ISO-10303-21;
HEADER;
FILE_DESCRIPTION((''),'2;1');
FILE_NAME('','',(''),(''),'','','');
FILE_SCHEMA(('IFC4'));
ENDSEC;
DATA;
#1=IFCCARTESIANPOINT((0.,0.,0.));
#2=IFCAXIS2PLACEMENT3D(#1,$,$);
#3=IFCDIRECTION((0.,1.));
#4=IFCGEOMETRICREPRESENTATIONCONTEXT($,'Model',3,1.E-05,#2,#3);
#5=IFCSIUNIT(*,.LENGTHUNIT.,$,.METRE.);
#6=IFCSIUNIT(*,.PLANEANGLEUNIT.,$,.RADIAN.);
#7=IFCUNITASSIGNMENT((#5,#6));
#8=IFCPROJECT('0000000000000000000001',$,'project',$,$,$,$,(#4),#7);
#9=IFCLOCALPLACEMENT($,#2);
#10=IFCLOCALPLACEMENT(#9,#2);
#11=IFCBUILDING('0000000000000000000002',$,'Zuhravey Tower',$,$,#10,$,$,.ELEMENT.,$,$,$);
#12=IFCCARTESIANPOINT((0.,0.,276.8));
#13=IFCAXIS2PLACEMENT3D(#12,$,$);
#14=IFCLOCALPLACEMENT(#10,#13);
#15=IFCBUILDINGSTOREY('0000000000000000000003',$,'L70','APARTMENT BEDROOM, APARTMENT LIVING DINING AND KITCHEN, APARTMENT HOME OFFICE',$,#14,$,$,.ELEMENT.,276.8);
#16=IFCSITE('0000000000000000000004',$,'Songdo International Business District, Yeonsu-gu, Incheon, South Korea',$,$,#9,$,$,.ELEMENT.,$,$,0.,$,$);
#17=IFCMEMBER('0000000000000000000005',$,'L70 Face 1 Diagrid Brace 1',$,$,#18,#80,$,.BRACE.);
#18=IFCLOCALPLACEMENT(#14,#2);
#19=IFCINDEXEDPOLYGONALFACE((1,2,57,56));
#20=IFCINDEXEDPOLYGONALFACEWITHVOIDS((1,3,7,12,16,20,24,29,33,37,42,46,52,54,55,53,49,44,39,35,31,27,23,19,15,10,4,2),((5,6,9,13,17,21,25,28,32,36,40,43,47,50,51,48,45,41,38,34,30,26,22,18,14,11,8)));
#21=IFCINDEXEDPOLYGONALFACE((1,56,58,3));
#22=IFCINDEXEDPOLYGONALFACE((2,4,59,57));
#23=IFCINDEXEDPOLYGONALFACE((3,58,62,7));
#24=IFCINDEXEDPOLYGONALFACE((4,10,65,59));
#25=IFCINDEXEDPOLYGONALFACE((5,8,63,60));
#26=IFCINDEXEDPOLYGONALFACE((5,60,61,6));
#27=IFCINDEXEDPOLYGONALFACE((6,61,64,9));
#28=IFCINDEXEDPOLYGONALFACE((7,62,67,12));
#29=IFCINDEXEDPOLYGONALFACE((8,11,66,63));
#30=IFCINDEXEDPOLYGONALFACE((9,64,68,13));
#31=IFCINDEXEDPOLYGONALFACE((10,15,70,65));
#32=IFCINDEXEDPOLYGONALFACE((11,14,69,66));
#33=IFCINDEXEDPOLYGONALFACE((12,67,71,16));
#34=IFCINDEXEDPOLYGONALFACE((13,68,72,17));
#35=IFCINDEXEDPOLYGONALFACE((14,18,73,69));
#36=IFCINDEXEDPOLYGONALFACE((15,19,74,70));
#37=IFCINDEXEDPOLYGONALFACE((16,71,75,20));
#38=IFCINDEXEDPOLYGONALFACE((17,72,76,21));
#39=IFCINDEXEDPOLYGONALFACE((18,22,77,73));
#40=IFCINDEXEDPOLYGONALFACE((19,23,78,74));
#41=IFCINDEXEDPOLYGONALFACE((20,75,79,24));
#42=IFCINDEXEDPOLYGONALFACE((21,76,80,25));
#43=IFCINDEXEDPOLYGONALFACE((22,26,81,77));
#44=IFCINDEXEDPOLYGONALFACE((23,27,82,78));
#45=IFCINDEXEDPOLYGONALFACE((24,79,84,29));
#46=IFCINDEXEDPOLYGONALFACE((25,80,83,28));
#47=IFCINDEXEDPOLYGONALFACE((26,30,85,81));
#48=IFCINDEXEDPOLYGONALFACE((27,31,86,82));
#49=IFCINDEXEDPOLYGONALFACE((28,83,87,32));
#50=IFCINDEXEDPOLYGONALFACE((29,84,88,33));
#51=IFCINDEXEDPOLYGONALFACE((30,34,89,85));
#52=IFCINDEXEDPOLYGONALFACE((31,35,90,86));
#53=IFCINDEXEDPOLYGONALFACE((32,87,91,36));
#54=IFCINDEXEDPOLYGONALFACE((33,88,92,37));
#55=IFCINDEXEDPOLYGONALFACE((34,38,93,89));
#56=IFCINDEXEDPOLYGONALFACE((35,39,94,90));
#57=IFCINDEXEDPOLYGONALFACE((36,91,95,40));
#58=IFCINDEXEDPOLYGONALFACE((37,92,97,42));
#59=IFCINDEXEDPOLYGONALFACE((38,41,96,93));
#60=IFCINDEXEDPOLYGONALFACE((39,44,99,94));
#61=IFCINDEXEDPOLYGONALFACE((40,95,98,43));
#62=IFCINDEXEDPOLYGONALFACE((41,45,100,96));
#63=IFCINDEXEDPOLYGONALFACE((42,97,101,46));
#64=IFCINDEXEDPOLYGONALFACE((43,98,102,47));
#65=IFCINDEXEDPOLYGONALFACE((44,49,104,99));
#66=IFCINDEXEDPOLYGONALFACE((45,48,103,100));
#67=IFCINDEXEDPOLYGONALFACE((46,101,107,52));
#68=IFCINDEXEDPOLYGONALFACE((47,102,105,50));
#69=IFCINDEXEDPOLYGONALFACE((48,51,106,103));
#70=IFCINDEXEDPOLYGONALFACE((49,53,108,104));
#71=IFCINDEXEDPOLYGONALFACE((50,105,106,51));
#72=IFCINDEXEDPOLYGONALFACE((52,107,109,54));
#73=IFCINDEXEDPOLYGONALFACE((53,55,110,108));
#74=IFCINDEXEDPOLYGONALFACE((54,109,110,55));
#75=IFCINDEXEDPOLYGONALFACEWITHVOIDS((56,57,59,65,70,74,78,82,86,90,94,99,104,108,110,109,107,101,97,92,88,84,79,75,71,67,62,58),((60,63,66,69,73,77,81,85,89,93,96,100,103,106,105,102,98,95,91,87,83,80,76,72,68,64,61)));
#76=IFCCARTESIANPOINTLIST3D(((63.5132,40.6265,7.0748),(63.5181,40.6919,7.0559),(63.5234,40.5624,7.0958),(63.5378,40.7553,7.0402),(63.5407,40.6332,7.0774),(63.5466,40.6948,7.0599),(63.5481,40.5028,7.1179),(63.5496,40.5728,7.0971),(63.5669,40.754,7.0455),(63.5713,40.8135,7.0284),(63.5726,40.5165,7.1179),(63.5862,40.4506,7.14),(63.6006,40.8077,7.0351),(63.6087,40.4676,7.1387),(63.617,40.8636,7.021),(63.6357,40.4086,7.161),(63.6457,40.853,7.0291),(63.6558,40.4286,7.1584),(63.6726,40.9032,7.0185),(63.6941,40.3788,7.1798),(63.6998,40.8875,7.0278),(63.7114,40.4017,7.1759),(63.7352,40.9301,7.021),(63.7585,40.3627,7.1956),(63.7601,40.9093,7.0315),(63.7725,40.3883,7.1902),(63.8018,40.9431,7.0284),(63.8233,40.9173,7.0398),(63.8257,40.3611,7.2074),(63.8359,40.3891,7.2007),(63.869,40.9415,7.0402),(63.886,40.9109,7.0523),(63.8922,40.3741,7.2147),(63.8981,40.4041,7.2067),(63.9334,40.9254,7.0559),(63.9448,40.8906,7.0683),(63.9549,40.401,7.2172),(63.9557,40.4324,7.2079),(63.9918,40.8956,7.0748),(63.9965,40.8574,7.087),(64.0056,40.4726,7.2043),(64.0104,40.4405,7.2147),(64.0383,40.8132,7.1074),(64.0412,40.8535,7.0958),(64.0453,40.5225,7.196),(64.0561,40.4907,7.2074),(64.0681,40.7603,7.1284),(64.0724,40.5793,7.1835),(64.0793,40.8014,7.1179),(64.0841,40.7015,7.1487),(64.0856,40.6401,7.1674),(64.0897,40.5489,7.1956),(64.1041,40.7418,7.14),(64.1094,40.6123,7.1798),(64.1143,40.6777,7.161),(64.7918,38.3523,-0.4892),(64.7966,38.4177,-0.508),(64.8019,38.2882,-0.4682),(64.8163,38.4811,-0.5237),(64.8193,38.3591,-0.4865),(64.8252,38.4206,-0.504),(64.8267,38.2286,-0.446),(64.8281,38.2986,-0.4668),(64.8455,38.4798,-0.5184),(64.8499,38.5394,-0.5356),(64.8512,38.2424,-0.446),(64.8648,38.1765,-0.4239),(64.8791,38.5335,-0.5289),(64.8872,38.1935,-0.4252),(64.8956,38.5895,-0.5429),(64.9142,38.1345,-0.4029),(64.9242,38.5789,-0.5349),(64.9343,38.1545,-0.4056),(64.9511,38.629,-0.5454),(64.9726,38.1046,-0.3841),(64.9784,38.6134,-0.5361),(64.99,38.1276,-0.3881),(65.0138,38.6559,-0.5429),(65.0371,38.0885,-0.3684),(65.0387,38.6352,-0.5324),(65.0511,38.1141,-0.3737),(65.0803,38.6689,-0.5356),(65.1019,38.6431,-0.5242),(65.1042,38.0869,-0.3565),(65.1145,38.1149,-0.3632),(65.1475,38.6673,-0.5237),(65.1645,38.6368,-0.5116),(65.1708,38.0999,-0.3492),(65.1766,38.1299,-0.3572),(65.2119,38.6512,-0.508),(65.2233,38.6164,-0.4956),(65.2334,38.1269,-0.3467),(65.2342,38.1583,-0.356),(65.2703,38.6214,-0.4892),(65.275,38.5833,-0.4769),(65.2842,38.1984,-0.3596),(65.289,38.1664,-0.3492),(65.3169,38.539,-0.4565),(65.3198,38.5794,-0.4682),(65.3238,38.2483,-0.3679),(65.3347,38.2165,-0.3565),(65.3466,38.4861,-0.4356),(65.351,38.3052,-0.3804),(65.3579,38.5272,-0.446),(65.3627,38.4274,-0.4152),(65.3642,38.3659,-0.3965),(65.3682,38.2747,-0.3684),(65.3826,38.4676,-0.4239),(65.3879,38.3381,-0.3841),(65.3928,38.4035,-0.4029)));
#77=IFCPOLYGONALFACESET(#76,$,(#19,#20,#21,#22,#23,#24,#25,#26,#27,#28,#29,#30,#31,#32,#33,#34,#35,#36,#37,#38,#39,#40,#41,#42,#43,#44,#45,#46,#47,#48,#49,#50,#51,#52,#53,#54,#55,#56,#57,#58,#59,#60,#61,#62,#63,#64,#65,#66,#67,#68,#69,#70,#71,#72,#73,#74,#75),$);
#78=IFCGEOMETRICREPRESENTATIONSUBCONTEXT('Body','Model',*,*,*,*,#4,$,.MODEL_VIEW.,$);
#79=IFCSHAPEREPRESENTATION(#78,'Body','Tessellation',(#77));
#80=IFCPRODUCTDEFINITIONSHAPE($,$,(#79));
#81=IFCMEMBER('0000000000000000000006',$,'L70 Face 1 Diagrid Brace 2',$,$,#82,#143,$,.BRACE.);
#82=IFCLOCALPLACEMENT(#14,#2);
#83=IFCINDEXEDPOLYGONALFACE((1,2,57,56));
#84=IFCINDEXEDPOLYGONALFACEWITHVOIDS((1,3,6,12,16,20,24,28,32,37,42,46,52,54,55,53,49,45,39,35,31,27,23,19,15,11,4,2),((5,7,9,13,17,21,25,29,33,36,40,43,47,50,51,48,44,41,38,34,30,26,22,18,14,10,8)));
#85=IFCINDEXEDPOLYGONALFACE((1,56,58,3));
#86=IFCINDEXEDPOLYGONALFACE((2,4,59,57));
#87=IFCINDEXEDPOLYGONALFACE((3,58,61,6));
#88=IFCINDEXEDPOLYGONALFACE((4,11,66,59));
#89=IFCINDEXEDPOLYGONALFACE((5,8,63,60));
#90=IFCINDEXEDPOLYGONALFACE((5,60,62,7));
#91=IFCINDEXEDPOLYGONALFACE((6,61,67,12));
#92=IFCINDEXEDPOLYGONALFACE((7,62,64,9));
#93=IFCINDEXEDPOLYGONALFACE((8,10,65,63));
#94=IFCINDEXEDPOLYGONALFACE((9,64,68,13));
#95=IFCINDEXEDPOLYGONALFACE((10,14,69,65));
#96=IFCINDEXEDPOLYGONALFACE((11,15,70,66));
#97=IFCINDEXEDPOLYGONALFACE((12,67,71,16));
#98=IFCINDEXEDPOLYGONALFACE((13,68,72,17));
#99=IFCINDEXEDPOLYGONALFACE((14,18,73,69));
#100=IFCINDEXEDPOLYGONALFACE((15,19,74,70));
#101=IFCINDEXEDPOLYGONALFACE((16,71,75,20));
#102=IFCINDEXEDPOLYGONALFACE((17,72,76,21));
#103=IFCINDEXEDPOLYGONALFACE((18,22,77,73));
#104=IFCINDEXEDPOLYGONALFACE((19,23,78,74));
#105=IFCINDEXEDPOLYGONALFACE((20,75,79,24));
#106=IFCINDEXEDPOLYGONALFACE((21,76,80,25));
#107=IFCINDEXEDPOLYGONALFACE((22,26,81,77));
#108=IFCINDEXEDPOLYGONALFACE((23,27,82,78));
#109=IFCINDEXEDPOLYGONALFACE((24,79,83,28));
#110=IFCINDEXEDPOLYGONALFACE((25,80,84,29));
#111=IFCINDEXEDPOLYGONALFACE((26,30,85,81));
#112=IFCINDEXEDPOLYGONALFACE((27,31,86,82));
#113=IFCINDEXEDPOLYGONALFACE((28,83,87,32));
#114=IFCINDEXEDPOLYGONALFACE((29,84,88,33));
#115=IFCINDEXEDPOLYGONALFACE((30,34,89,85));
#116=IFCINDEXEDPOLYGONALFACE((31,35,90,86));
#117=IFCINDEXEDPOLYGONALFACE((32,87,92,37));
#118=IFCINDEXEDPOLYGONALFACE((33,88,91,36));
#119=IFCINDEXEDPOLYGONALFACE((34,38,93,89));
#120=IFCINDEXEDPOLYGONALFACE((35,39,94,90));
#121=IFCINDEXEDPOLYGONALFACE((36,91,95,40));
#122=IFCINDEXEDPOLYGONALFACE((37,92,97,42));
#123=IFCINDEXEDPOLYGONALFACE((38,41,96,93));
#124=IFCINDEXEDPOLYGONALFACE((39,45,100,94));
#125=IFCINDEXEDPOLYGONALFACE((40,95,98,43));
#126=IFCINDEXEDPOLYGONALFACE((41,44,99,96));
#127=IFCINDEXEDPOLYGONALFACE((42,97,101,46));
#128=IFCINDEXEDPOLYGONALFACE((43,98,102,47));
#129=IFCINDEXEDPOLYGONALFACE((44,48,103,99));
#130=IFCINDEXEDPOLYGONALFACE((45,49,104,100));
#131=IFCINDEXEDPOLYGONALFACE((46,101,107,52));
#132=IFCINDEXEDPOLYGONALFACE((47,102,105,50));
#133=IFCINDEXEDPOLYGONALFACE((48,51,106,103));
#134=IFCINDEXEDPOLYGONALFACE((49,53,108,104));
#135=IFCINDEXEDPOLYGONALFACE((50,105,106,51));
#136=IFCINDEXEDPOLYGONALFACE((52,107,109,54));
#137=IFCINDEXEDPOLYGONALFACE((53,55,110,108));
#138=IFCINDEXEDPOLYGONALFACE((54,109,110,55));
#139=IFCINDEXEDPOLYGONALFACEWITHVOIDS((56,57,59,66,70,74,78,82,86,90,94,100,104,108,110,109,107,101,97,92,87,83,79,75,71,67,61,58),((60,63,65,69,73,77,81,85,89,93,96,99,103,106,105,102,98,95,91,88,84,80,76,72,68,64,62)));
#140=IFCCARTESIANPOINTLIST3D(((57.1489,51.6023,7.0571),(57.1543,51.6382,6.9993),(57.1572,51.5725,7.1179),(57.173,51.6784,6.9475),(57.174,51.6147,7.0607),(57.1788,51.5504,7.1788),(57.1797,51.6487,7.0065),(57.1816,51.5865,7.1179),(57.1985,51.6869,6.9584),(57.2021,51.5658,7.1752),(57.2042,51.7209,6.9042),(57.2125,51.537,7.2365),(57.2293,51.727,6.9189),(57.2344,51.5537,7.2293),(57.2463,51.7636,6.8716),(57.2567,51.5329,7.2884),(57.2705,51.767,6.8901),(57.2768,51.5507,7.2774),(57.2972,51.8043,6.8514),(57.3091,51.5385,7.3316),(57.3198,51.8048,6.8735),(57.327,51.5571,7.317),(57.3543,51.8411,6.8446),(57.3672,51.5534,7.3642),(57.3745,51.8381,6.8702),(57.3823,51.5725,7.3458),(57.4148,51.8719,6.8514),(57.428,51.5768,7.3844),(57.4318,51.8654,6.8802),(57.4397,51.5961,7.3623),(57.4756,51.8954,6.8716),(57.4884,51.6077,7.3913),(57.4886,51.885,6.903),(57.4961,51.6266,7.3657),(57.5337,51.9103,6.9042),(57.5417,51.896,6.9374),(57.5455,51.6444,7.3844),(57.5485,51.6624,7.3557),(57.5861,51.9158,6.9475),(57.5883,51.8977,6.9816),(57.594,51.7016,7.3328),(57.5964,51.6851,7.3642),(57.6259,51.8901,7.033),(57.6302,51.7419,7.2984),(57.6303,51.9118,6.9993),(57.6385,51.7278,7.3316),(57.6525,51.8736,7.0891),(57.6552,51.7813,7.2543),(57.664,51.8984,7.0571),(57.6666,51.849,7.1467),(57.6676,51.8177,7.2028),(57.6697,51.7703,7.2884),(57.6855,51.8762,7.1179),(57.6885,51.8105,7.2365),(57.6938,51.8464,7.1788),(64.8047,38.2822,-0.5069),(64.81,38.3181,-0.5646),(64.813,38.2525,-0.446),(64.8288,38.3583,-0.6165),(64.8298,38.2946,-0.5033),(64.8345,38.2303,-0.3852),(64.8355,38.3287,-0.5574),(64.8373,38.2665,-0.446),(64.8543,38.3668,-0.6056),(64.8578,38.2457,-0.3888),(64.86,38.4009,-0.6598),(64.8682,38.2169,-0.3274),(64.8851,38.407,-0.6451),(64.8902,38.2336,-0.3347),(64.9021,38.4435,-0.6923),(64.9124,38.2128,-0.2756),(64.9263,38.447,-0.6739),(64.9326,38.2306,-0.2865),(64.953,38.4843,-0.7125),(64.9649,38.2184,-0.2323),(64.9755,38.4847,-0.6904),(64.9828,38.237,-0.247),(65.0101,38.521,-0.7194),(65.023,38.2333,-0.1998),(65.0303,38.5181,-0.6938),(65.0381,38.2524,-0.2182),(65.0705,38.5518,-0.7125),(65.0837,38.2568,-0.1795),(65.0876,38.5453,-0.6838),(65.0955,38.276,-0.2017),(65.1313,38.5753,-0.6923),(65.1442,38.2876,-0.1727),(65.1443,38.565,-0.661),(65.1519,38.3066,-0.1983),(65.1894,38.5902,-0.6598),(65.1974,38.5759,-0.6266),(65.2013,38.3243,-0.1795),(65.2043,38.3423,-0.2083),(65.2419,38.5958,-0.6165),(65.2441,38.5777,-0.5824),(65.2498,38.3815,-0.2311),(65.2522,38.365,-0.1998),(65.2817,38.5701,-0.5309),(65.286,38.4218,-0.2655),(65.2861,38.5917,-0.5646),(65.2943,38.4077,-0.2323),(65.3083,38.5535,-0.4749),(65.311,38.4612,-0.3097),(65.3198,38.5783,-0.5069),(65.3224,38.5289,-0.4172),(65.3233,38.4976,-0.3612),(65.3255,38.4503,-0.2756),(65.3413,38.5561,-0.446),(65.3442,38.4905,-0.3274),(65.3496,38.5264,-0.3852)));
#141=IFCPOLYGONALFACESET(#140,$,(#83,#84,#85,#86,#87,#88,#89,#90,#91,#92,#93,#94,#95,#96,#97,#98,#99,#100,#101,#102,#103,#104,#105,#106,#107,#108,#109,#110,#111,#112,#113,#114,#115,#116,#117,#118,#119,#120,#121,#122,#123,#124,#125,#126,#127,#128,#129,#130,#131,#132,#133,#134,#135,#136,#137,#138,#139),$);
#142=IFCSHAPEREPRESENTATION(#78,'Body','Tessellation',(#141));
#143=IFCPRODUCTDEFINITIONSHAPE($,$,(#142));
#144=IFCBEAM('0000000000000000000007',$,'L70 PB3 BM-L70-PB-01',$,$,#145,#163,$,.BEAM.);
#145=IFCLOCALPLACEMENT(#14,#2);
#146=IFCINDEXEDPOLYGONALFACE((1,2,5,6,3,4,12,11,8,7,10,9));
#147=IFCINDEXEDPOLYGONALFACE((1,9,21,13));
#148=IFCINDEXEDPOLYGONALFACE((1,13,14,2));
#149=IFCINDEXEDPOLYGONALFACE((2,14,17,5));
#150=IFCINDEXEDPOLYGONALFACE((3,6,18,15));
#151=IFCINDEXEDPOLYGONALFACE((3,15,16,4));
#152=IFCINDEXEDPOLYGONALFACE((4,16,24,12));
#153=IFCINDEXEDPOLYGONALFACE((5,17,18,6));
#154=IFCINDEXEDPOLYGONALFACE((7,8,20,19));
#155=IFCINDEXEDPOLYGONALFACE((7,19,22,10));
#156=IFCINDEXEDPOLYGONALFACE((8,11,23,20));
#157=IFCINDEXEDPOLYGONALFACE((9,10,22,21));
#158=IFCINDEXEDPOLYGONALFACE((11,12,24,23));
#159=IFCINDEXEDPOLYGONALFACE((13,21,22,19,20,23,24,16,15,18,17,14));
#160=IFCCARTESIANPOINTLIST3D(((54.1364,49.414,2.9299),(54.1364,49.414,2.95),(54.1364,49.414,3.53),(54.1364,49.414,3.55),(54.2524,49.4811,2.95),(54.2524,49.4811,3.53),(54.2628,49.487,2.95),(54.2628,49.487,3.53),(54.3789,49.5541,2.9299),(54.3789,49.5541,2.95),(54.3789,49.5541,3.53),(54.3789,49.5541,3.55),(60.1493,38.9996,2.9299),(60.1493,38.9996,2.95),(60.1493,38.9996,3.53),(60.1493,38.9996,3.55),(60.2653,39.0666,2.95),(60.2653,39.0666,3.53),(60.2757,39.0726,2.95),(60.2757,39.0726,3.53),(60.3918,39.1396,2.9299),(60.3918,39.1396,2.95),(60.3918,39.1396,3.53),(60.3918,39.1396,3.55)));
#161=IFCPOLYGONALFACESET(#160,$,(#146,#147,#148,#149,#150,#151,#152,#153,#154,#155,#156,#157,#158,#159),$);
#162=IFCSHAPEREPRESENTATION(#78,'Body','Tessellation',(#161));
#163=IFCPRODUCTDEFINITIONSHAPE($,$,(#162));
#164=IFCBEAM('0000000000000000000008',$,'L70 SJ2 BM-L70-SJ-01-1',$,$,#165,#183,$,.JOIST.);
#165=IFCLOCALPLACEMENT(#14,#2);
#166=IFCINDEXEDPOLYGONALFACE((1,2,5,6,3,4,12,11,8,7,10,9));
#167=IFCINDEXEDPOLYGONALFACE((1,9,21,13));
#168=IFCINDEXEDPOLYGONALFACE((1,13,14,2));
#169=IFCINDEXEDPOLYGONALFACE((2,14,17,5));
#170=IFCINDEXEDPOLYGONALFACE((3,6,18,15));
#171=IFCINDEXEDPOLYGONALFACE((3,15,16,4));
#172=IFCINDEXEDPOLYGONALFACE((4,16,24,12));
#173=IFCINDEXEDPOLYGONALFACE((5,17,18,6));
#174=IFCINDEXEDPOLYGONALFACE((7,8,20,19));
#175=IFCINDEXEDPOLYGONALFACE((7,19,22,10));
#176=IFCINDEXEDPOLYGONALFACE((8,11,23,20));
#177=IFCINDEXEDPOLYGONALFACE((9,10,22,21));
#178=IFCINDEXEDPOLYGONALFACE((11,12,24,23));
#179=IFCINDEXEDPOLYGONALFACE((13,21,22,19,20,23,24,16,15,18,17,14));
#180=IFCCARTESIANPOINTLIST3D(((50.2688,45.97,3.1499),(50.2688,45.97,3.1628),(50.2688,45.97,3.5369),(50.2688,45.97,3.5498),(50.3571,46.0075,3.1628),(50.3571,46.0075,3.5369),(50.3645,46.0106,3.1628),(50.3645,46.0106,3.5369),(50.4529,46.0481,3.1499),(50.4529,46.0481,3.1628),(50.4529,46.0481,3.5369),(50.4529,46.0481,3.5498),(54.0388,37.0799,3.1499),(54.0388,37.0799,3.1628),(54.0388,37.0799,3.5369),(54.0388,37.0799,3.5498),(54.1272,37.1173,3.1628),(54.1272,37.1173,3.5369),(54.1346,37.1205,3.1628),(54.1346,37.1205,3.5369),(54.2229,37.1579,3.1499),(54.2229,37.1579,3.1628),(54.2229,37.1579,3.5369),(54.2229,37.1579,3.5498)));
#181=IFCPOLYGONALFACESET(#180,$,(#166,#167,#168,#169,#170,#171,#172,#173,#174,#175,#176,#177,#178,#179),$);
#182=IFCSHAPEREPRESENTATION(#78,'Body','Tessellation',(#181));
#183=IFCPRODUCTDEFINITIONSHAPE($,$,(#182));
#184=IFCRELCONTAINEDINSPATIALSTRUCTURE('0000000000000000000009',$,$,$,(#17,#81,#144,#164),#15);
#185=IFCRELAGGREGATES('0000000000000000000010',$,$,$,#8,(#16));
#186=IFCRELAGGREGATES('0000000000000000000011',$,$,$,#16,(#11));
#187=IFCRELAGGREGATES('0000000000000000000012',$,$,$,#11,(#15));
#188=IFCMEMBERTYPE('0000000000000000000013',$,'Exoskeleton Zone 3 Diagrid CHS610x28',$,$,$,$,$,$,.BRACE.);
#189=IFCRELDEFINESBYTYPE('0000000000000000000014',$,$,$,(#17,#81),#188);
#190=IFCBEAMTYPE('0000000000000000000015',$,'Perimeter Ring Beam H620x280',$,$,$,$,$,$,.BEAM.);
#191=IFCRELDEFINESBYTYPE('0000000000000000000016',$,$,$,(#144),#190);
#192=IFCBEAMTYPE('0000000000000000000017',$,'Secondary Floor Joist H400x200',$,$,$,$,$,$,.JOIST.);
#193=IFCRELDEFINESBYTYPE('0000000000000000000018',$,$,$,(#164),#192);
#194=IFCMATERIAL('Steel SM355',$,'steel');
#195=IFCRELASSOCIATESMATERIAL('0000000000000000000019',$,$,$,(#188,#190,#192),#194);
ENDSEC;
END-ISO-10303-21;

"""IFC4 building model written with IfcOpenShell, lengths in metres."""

from ifc_helpers import new_model, si_unit, direction, frame, origin, origin_2d, place, context, subcontext, project, spatial, hollow_circle, i_section, extrude, material, material_profile, profile_set, type_object, element, save


model = new_model("IFC4")

# Units and contexts
model_context = context("Model", 3, precision=1e-05, world=origin(), true_north=direction((0.0, 1.0)))
body_context = subcontext(model_context, "Body", "Model", "MODEL_VIEW")
ifc_project = project(units=[si_unit("LENGTHUNIT", "METRE"), si_unit("PLANEANGLEUNIT", "RADIAN")], contexts=[model_context])

# Site, building, storey
site_placement = place(None, origin())
site = spatial("IfcSite", under=ifc_project, at=site_placement, Name="Songdo International Business District, Yeonsu-gu, Incheon, South Korea", CompositionType="ELEMENT", RefElevation=0.0)
building_placement = place(site_placement, origin())
building = spatial("IfcBuilding", under=site, at=building_placement, Name="Zuhravey Tower", CompositionType="ELEMENT")
storey_placement = place(building_placement, frame((0.0, 0.0, 276.8)))
storey = spatial("IfcBuildingStorey", under=building, at=storey_placement, Name="L70", Description="APARTMENT BEDROOM, APARTMENT LIVING DINING AND KITCHEN, APARTMENT HOME OFFICE", CompositionType="ELEMENT", Elevation=276.8)

# Members
ifc_material_1 = material(Name="Steel SM355", Category="steel")
ifc_material_profile_1 = material_profile(ifc_material_1, hollow_circle(Radius=0.3047, WallThickness=0.0281, at=origin_2d()), Name="CHS-609.6x28")
ifc_profile_set_1 = profile_set([ifc_material_profile_1], Name="Steel SM355")
member_type_1 = type_object("IfcMemberType", Name="Exoskeleton Zone 3 Diagrid CHS610x28", PredefinedType="BRACE", material=ifc_profile_set_1)
member_1_placement = place(storey_placement, frame((65.0923, 38.3779, -0.446), z_axis=(-0.159795, 0.284227, 0.945347), x_axis=(-0.871683, -0.49007, 0.0)))
element("IfcMember", 1, at=member_1_placement, inside=storey, type_object=member_type_1, Name="L70 Face 1 Diagrid Brace 1", PredefinedType="BRACE", context=body_context, shape_type="SweptSolid", body=[
    extrude(hollow_circle(Radius=0.3047, WallThickness=0.0281, at=origin_2d()), origin(), (0.0, 0.0, 1.0), 8.0012),
])
member_2_placement = place(storey_placement, frame((65.0771, 38.4043, -0.446), z_axis=(-0.447065, 0.777837, 0.441704), x_axis=(-0.866998, -0.498311, 0.0)))
element("IfcMember", 2, at=member_2_placement, inside=storey, type_object=member_type_1, Name="L70 Face 1 Diagrid Brace 2", PredefinedType="BRACE", context=body_context, shape_type="SweptSolid", body=[
    extrude(hollow_circle(Radius=0.3047, WallThickness=0.0281, at=origin_2d()), origin(), (0.0, 0.0, 1.0), 17.1245),
])

# Beams
ifc_material_profile_2 = material_profile(ifc_material_1, i_section(OverallWidth=0.28, OverallDepth=0.6201, WebThickness=0.012, FlangeThickness=0.02, at=origin_2d()), Name="H-620x280x12x20")
ifc_profile_set_2 = profile_set([ifc_material_profile_2], Name="Steel SM355")
beam_type_1 = type_object("IfcBeamType", Name="Perimeter Ring Beam H620x280", PredefinedType="BEAM", material=ifc_profile_set_2)
beam_1_placement = place(storey_placement, frame((60.2705, 39.0696, 3.24), z_axis=(-0.500006, 0.866022, 0.0), x_axis=(-0.866022, -0.500006, 0.0)))
element("IfcBeam", 3, at=beam_1_placement, inside=storey, type_object=beam_type_1, Name="L70 PB3 BM-L70-PB-01", PredefinedType="BEAM", context=body_context, shape_type="SweptSolid", body=[
    extrude(i_section(OverallWidth=0.28, OverallDepth=0.6201, WebThickness=0.012, FlangeThickness=0.02, at=origin_2d()), origin(), (0.0, 0.0, 1.0), 12.0256),
])
ifc_material_profile_3 = material_profile(ifc_material_1, i_section(OverallWidth=0.2, OverallDepth=0.3999, WebThickness=0.0081, FlangeThickness=0.0129, at=origin_2d()), Name="H-400x200x8x13")
ifc_profile_set_3 = profile_set([ifc_material_profile_3], Name="Steel SM355")
beam_type_2 = type_object("IfcBeamType", Name="Secondary Floor Joist H400x200", PredefinedType="JOIST", material=ifc_profile_set_3)
beam_2_placement = place(storey_placement, frame((54.1309, 37.1189, 3.3499), z_axis=(-0.390413, 0.92064, 0.0), x_axis=(-0.92064, -0.390413, 0.0)))
element("IfcBeam", 4, at=beam_2_placement, inside=storey, type_object=beam_type_2, Name="L70 SJ2 BM-L70-SJ-01-1", PredefinedType="JOIST", context=body_context, shape_type="SweptSolid", body=[
    extrude(i_section(OverallWidth=0.2, OverallDepth=0.3999, WebThickness=0.0081, FlangeThickness=0.0129, at=origin_2d()), origin(), (0.0, 0.0, 1.0), 9.6565),
])

save(model, "model.ifc")
